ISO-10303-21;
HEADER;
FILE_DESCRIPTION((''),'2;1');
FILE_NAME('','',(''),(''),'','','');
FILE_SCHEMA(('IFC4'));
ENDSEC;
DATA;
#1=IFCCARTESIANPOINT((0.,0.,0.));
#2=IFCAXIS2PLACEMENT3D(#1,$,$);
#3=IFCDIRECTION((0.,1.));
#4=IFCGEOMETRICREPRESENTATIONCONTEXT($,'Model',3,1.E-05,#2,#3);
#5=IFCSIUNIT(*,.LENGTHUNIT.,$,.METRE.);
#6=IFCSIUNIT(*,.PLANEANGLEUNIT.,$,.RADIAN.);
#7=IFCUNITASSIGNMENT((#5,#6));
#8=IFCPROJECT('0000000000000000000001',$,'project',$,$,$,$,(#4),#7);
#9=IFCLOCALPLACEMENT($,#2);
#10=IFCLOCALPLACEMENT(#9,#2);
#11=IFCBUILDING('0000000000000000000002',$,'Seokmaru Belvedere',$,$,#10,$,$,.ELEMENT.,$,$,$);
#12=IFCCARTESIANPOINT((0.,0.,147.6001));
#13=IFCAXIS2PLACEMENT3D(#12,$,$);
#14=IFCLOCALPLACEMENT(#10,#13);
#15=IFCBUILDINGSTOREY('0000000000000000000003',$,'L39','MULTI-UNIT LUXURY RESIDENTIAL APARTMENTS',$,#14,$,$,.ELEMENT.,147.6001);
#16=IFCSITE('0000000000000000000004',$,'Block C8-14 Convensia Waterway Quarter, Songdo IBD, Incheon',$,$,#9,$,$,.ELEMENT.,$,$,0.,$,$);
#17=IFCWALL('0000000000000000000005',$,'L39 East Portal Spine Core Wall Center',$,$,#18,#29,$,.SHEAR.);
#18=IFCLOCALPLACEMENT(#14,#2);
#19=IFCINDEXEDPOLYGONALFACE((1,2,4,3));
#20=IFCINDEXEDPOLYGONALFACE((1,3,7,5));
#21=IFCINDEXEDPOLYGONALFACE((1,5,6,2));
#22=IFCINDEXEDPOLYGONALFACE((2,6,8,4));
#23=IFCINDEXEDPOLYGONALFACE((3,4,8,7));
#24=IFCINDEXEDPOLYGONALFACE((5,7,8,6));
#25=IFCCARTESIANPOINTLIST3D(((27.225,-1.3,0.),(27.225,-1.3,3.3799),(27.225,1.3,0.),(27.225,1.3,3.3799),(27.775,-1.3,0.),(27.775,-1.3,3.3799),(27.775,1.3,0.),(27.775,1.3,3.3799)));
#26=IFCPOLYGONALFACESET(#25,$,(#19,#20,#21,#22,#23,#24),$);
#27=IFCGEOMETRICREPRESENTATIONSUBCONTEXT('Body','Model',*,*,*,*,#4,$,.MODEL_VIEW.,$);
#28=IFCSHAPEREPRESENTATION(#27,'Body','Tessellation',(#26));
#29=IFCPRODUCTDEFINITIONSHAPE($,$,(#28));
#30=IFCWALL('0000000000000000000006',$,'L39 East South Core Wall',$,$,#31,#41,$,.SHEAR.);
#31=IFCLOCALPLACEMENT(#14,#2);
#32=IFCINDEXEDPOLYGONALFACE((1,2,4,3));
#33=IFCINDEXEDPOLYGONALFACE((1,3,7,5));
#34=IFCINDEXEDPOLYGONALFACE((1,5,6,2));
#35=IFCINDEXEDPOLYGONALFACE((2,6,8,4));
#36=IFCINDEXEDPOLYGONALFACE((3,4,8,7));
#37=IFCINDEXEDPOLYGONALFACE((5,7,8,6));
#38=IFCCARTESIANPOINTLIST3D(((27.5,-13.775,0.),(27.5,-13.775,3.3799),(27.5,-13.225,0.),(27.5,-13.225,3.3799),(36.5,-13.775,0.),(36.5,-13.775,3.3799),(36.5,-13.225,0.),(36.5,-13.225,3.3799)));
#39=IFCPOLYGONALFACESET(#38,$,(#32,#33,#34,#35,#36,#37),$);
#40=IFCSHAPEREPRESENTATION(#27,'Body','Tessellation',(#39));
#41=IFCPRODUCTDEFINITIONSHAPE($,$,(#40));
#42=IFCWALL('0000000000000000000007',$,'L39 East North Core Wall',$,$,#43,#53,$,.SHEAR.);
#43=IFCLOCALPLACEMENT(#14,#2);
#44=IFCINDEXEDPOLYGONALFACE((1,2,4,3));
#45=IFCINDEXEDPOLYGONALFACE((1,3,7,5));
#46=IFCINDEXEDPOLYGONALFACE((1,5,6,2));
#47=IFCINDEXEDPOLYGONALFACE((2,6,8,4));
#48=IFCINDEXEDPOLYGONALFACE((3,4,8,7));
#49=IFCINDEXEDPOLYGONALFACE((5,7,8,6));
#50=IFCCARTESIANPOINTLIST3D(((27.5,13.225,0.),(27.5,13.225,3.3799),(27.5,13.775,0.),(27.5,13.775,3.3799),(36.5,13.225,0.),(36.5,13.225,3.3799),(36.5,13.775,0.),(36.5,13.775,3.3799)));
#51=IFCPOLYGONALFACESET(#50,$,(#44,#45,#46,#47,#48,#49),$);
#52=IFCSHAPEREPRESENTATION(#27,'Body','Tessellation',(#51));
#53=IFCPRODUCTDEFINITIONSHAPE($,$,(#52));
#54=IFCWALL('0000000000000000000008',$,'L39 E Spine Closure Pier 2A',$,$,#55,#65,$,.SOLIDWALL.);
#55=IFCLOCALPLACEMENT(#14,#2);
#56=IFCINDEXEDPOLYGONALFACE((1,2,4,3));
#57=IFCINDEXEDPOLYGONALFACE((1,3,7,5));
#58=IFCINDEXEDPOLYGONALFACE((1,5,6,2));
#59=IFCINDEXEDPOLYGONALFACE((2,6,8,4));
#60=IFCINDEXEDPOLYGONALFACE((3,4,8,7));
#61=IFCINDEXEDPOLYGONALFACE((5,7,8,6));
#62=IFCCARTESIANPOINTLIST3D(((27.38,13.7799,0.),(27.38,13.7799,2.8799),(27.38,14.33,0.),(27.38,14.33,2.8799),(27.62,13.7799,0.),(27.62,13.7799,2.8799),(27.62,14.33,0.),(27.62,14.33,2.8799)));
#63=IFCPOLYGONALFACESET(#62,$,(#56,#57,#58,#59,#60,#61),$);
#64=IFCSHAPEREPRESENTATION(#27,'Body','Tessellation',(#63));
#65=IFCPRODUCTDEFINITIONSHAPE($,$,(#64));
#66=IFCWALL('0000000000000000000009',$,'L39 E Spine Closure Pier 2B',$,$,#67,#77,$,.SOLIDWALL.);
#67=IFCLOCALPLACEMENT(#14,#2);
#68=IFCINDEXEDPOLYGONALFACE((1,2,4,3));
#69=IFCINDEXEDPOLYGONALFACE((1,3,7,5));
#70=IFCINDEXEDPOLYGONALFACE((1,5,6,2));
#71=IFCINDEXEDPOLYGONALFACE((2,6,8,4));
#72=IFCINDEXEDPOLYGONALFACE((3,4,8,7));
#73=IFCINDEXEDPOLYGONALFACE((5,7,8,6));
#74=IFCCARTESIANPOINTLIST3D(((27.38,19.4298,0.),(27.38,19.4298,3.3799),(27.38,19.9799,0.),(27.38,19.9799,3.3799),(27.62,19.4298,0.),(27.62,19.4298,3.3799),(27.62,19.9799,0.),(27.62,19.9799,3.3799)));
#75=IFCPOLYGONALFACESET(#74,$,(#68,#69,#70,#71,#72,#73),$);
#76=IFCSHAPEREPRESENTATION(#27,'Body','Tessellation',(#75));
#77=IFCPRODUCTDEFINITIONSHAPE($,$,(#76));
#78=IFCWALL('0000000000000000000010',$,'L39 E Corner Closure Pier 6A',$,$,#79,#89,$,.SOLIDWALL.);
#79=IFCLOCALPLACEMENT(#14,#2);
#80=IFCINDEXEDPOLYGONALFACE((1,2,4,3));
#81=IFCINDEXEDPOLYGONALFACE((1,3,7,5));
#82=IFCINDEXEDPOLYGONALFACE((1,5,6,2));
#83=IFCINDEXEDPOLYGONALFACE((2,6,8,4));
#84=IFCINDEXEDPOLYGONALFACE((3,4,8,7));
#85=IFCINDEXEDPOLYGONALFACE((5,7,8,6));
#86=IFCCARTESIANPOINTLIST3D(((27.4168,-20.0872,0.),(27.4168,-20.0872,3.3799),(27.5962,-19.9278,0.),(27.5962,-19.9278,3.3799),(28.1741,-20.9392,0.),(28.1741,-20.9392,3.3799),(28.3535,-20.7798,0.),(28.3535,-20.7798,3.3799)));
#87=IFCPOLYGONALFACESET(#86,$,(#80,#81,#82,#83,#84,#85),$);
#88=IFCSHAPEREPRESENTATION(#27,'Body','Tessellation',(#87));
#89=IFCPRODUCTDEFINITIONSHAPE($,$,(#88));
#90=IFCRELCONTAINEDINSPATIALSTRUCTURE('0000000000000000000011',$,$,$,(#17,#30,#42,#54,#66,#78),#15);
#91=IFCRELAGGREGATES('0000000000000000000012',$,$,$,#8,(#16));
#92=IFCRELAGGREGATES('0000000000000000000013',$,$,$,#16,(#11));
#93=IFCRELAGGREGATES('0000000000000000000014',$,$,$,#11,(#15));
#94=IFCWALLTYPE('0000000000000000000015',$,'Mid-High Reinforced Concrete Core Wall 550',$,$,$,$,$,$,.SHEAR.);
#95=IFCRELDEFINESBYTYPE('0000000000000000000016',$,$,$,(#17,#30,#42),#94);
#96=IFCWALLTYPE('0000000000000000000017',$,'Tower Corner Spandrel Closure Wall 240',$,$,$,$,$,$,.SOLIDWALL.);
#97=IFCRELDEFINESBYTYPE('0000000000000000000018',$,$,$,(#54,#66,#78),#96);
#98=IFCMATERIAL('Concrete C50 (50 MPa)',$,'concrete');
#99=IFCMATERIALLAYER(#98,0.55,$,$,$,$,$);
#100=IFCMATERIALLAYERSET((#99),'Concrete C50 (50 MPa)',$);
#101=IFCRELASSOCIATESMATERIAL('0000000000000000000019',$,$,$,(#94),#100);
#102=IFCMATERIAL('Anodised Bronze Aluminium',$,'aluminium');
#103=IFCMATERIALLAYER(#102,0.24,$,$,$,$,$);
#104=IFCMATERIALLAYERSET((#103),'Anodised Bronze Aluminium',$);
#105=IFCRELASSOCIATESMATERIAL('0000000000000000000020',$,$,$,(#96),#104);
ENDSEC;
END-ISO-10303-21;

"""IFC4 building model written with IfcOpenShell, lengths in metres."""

from ifc_helpers import new_model, si_unit, direction, frame, frame_2d, origin, place, context, subcontext, project, spatial, rectangle, extrude, material, layer, layer_set, type_object, element, save


model = new_model("IFC4")

# Units and contexts
model_context = context("Model", 3, precision=1e-05, world=origin(), true_north=direction((0.0, 1.0)))
body_context = subcontext(model_context, "Body", "Model", "MODEL_VIEW")
ifc_project = project(units=[si_unit("LENGTHUNIT", "METRE"), si_unit("PLANEANGLEUNIT", "RADIAN")], contexts=[model_context])

# Site, building, storey
site_placement = place(None, origin())
site = spatial("IfcSite", under=ifc_project, at=site_placement, Name="Block C8-14 Convensia Waterway Quarter, Songdo IBD, Incheon", CompositionType="ELEMENT", RefElevation=0.0)
building_placement = place(site_placement, origin())
building = spatial("IfcBuilding", under=site, at=building_placement, Name="Seokmaru Belvedere", CompositionType="ELEMENT")
storey_placement = place(building_placement, frame((0.0, 0.0, 147.6001)))
storey = spatial("IfcBuildingStorey", under=building, at=storey_placement, Name="L39", Description="MULTI-UNIT LUXURY RESIDENTIAL APARTMENTS", CompositionType="ELEMENT", Elevation=147.6001)

# Shared definitions
ifc_material_1 = material(Name="Anodised Bronze Aluminium", Category="aluminium")

# Shared definitions
ifc_material_2 = material(Name="Concrete C50 (50 MPa)", Category="concrete")

# Walls
ifc_layer_1 = layer(ifc_material_2, 0.55)
ifc_layer_set_1 = layer_set([ifc_layer_1], Name="Concrete C50 (50 MPa)")
wall_type_1 = type_object("IfcWallType", Name="Mid-High Reinforced Concrete Core Wall 550", PredefinedType="SHEAR", material=ifc_layer_set_1)
wall_1_placement = place(storey_placement, frame((27.5, -1.3, 0.0), z_axis=(0.0, 0.0, 1.0), x_axis=(0.0, 1.0, 0.0)))
element("IfcWall", 1, at=wall_1_placement, inside=storey, type_object=wall_type_1, Name="L39 East Portal Spine Core Wall Center", PredefinedType="SHEAR", context=body_context, shape_type="SweptSolid", body=[
    extrude(rectangle(XDim=2.6001, YDim=0.55, at=frame_2d((1.3, 0.0))), origin(), (0.0, 0.0, 1.0), 3.3799),
])
for number, where, z_axis, x_axis, name in (
    (2, (27.5, -13.5, 0.0), (0.0, 0.0, 1.0), (1.0, 0.0, 0.0), "L39 East South Core Wall"),
    (3, (27.5, 13.5, 0.0), (0.0, 0.0, 1.0), (1.0, 0.0, 0.0), "L39 East North Core Wall"),
):
    element("IfcWall", number, at=place(storey_placement, frame(where, z_axis=z_axis, x_axis=x_axis)), inside=storey, type_object=wall_type_1, Name=name, PredefinedType="SHEAR", context=body_context, shape_type="SweptSolid", body=[
        extrude(rectangle(XDim=9.0, YDim=0.55, at=frame_2d((4.5, 0.0))), origin(), (0.0, 0.0, 1.0), 3.3799),
    ])
ifc_layer_2 = layer(ifc_material_1, 0.24)
ifc_layer_set_2 = layer_set([ifc_layer_2], Name="Anodised Bronze Aluminium")
wall_type_2 = type_object("IfcWallType", Name="Tower Corner Spandrel Closure Wall 240", PredefinedType="SOLIDWALL", material=ifc_layer_set_2)
wall_2_placement = place(storey_placement, frame((27.5, 13.78, 0.0), z_axis=(0.0, 0.0, 1.0), x_axis=(0.0, 1.0, 0.0)))
element("IfcWall", 4, at=wall_2_placement, inside=storey, type_object=wall_type_2, Name="L39 E Spine Closure Pier 2A", PredefinedType="SOLIDWALL", context=body_context, shape_type="SweptSolid", body=[
    extrude(rectangle(XDim=0.55, YDim=0.24, at=frame_2d((0.2749, 0.0))), origin(), (0.0, 0.0, 1.0), 2.8799),
])
wall_3_placement = place(storey_placement, frame((27.5, 19.4299, 0.0), z_axis=(0.0, 0.0, 1.0), x_axis=(0.0, 1.0, 0.0)))
element("IfcWall", 5, at=wall_3_placement, inside=storey, type_object=wall_type_2, Name="L39 E Spine Closure Pier 2B", PredefinedType="SOLIDWALL", context=body_context, shape_type="SweptSolid", body=[
    extrude(rectangle(XDim=0.55, YDim=0.24, at=frame_2d((0.2749, 0.0))), origin(), (0.0, 0.0, 1.0), 3.3799),
])
wall_4_placement = place(storey_placement, frame((27.5066, -20.0076, 0.0), z_axis=(0.0, 0.0, 1.0), x_axis=(0.664337, -0.747433, 0.0)))
element("IfcWall", 6, at=wall_4_placement, inside=storey, type_object=wall_type_2, Name="L39 E Corner Closure Pier 6A", PredefinedType="SOLIDWALL", context=body_context, shape_type="SweptSolid", body=[
    extrude(rectangle(XDim=1.1399, YDim=0.24, at=frame_2d((0.5698, 0.0))), origin(), (0.0, 0.0, 1.0), 3.3799),
])

save(model, "model.ifc")
